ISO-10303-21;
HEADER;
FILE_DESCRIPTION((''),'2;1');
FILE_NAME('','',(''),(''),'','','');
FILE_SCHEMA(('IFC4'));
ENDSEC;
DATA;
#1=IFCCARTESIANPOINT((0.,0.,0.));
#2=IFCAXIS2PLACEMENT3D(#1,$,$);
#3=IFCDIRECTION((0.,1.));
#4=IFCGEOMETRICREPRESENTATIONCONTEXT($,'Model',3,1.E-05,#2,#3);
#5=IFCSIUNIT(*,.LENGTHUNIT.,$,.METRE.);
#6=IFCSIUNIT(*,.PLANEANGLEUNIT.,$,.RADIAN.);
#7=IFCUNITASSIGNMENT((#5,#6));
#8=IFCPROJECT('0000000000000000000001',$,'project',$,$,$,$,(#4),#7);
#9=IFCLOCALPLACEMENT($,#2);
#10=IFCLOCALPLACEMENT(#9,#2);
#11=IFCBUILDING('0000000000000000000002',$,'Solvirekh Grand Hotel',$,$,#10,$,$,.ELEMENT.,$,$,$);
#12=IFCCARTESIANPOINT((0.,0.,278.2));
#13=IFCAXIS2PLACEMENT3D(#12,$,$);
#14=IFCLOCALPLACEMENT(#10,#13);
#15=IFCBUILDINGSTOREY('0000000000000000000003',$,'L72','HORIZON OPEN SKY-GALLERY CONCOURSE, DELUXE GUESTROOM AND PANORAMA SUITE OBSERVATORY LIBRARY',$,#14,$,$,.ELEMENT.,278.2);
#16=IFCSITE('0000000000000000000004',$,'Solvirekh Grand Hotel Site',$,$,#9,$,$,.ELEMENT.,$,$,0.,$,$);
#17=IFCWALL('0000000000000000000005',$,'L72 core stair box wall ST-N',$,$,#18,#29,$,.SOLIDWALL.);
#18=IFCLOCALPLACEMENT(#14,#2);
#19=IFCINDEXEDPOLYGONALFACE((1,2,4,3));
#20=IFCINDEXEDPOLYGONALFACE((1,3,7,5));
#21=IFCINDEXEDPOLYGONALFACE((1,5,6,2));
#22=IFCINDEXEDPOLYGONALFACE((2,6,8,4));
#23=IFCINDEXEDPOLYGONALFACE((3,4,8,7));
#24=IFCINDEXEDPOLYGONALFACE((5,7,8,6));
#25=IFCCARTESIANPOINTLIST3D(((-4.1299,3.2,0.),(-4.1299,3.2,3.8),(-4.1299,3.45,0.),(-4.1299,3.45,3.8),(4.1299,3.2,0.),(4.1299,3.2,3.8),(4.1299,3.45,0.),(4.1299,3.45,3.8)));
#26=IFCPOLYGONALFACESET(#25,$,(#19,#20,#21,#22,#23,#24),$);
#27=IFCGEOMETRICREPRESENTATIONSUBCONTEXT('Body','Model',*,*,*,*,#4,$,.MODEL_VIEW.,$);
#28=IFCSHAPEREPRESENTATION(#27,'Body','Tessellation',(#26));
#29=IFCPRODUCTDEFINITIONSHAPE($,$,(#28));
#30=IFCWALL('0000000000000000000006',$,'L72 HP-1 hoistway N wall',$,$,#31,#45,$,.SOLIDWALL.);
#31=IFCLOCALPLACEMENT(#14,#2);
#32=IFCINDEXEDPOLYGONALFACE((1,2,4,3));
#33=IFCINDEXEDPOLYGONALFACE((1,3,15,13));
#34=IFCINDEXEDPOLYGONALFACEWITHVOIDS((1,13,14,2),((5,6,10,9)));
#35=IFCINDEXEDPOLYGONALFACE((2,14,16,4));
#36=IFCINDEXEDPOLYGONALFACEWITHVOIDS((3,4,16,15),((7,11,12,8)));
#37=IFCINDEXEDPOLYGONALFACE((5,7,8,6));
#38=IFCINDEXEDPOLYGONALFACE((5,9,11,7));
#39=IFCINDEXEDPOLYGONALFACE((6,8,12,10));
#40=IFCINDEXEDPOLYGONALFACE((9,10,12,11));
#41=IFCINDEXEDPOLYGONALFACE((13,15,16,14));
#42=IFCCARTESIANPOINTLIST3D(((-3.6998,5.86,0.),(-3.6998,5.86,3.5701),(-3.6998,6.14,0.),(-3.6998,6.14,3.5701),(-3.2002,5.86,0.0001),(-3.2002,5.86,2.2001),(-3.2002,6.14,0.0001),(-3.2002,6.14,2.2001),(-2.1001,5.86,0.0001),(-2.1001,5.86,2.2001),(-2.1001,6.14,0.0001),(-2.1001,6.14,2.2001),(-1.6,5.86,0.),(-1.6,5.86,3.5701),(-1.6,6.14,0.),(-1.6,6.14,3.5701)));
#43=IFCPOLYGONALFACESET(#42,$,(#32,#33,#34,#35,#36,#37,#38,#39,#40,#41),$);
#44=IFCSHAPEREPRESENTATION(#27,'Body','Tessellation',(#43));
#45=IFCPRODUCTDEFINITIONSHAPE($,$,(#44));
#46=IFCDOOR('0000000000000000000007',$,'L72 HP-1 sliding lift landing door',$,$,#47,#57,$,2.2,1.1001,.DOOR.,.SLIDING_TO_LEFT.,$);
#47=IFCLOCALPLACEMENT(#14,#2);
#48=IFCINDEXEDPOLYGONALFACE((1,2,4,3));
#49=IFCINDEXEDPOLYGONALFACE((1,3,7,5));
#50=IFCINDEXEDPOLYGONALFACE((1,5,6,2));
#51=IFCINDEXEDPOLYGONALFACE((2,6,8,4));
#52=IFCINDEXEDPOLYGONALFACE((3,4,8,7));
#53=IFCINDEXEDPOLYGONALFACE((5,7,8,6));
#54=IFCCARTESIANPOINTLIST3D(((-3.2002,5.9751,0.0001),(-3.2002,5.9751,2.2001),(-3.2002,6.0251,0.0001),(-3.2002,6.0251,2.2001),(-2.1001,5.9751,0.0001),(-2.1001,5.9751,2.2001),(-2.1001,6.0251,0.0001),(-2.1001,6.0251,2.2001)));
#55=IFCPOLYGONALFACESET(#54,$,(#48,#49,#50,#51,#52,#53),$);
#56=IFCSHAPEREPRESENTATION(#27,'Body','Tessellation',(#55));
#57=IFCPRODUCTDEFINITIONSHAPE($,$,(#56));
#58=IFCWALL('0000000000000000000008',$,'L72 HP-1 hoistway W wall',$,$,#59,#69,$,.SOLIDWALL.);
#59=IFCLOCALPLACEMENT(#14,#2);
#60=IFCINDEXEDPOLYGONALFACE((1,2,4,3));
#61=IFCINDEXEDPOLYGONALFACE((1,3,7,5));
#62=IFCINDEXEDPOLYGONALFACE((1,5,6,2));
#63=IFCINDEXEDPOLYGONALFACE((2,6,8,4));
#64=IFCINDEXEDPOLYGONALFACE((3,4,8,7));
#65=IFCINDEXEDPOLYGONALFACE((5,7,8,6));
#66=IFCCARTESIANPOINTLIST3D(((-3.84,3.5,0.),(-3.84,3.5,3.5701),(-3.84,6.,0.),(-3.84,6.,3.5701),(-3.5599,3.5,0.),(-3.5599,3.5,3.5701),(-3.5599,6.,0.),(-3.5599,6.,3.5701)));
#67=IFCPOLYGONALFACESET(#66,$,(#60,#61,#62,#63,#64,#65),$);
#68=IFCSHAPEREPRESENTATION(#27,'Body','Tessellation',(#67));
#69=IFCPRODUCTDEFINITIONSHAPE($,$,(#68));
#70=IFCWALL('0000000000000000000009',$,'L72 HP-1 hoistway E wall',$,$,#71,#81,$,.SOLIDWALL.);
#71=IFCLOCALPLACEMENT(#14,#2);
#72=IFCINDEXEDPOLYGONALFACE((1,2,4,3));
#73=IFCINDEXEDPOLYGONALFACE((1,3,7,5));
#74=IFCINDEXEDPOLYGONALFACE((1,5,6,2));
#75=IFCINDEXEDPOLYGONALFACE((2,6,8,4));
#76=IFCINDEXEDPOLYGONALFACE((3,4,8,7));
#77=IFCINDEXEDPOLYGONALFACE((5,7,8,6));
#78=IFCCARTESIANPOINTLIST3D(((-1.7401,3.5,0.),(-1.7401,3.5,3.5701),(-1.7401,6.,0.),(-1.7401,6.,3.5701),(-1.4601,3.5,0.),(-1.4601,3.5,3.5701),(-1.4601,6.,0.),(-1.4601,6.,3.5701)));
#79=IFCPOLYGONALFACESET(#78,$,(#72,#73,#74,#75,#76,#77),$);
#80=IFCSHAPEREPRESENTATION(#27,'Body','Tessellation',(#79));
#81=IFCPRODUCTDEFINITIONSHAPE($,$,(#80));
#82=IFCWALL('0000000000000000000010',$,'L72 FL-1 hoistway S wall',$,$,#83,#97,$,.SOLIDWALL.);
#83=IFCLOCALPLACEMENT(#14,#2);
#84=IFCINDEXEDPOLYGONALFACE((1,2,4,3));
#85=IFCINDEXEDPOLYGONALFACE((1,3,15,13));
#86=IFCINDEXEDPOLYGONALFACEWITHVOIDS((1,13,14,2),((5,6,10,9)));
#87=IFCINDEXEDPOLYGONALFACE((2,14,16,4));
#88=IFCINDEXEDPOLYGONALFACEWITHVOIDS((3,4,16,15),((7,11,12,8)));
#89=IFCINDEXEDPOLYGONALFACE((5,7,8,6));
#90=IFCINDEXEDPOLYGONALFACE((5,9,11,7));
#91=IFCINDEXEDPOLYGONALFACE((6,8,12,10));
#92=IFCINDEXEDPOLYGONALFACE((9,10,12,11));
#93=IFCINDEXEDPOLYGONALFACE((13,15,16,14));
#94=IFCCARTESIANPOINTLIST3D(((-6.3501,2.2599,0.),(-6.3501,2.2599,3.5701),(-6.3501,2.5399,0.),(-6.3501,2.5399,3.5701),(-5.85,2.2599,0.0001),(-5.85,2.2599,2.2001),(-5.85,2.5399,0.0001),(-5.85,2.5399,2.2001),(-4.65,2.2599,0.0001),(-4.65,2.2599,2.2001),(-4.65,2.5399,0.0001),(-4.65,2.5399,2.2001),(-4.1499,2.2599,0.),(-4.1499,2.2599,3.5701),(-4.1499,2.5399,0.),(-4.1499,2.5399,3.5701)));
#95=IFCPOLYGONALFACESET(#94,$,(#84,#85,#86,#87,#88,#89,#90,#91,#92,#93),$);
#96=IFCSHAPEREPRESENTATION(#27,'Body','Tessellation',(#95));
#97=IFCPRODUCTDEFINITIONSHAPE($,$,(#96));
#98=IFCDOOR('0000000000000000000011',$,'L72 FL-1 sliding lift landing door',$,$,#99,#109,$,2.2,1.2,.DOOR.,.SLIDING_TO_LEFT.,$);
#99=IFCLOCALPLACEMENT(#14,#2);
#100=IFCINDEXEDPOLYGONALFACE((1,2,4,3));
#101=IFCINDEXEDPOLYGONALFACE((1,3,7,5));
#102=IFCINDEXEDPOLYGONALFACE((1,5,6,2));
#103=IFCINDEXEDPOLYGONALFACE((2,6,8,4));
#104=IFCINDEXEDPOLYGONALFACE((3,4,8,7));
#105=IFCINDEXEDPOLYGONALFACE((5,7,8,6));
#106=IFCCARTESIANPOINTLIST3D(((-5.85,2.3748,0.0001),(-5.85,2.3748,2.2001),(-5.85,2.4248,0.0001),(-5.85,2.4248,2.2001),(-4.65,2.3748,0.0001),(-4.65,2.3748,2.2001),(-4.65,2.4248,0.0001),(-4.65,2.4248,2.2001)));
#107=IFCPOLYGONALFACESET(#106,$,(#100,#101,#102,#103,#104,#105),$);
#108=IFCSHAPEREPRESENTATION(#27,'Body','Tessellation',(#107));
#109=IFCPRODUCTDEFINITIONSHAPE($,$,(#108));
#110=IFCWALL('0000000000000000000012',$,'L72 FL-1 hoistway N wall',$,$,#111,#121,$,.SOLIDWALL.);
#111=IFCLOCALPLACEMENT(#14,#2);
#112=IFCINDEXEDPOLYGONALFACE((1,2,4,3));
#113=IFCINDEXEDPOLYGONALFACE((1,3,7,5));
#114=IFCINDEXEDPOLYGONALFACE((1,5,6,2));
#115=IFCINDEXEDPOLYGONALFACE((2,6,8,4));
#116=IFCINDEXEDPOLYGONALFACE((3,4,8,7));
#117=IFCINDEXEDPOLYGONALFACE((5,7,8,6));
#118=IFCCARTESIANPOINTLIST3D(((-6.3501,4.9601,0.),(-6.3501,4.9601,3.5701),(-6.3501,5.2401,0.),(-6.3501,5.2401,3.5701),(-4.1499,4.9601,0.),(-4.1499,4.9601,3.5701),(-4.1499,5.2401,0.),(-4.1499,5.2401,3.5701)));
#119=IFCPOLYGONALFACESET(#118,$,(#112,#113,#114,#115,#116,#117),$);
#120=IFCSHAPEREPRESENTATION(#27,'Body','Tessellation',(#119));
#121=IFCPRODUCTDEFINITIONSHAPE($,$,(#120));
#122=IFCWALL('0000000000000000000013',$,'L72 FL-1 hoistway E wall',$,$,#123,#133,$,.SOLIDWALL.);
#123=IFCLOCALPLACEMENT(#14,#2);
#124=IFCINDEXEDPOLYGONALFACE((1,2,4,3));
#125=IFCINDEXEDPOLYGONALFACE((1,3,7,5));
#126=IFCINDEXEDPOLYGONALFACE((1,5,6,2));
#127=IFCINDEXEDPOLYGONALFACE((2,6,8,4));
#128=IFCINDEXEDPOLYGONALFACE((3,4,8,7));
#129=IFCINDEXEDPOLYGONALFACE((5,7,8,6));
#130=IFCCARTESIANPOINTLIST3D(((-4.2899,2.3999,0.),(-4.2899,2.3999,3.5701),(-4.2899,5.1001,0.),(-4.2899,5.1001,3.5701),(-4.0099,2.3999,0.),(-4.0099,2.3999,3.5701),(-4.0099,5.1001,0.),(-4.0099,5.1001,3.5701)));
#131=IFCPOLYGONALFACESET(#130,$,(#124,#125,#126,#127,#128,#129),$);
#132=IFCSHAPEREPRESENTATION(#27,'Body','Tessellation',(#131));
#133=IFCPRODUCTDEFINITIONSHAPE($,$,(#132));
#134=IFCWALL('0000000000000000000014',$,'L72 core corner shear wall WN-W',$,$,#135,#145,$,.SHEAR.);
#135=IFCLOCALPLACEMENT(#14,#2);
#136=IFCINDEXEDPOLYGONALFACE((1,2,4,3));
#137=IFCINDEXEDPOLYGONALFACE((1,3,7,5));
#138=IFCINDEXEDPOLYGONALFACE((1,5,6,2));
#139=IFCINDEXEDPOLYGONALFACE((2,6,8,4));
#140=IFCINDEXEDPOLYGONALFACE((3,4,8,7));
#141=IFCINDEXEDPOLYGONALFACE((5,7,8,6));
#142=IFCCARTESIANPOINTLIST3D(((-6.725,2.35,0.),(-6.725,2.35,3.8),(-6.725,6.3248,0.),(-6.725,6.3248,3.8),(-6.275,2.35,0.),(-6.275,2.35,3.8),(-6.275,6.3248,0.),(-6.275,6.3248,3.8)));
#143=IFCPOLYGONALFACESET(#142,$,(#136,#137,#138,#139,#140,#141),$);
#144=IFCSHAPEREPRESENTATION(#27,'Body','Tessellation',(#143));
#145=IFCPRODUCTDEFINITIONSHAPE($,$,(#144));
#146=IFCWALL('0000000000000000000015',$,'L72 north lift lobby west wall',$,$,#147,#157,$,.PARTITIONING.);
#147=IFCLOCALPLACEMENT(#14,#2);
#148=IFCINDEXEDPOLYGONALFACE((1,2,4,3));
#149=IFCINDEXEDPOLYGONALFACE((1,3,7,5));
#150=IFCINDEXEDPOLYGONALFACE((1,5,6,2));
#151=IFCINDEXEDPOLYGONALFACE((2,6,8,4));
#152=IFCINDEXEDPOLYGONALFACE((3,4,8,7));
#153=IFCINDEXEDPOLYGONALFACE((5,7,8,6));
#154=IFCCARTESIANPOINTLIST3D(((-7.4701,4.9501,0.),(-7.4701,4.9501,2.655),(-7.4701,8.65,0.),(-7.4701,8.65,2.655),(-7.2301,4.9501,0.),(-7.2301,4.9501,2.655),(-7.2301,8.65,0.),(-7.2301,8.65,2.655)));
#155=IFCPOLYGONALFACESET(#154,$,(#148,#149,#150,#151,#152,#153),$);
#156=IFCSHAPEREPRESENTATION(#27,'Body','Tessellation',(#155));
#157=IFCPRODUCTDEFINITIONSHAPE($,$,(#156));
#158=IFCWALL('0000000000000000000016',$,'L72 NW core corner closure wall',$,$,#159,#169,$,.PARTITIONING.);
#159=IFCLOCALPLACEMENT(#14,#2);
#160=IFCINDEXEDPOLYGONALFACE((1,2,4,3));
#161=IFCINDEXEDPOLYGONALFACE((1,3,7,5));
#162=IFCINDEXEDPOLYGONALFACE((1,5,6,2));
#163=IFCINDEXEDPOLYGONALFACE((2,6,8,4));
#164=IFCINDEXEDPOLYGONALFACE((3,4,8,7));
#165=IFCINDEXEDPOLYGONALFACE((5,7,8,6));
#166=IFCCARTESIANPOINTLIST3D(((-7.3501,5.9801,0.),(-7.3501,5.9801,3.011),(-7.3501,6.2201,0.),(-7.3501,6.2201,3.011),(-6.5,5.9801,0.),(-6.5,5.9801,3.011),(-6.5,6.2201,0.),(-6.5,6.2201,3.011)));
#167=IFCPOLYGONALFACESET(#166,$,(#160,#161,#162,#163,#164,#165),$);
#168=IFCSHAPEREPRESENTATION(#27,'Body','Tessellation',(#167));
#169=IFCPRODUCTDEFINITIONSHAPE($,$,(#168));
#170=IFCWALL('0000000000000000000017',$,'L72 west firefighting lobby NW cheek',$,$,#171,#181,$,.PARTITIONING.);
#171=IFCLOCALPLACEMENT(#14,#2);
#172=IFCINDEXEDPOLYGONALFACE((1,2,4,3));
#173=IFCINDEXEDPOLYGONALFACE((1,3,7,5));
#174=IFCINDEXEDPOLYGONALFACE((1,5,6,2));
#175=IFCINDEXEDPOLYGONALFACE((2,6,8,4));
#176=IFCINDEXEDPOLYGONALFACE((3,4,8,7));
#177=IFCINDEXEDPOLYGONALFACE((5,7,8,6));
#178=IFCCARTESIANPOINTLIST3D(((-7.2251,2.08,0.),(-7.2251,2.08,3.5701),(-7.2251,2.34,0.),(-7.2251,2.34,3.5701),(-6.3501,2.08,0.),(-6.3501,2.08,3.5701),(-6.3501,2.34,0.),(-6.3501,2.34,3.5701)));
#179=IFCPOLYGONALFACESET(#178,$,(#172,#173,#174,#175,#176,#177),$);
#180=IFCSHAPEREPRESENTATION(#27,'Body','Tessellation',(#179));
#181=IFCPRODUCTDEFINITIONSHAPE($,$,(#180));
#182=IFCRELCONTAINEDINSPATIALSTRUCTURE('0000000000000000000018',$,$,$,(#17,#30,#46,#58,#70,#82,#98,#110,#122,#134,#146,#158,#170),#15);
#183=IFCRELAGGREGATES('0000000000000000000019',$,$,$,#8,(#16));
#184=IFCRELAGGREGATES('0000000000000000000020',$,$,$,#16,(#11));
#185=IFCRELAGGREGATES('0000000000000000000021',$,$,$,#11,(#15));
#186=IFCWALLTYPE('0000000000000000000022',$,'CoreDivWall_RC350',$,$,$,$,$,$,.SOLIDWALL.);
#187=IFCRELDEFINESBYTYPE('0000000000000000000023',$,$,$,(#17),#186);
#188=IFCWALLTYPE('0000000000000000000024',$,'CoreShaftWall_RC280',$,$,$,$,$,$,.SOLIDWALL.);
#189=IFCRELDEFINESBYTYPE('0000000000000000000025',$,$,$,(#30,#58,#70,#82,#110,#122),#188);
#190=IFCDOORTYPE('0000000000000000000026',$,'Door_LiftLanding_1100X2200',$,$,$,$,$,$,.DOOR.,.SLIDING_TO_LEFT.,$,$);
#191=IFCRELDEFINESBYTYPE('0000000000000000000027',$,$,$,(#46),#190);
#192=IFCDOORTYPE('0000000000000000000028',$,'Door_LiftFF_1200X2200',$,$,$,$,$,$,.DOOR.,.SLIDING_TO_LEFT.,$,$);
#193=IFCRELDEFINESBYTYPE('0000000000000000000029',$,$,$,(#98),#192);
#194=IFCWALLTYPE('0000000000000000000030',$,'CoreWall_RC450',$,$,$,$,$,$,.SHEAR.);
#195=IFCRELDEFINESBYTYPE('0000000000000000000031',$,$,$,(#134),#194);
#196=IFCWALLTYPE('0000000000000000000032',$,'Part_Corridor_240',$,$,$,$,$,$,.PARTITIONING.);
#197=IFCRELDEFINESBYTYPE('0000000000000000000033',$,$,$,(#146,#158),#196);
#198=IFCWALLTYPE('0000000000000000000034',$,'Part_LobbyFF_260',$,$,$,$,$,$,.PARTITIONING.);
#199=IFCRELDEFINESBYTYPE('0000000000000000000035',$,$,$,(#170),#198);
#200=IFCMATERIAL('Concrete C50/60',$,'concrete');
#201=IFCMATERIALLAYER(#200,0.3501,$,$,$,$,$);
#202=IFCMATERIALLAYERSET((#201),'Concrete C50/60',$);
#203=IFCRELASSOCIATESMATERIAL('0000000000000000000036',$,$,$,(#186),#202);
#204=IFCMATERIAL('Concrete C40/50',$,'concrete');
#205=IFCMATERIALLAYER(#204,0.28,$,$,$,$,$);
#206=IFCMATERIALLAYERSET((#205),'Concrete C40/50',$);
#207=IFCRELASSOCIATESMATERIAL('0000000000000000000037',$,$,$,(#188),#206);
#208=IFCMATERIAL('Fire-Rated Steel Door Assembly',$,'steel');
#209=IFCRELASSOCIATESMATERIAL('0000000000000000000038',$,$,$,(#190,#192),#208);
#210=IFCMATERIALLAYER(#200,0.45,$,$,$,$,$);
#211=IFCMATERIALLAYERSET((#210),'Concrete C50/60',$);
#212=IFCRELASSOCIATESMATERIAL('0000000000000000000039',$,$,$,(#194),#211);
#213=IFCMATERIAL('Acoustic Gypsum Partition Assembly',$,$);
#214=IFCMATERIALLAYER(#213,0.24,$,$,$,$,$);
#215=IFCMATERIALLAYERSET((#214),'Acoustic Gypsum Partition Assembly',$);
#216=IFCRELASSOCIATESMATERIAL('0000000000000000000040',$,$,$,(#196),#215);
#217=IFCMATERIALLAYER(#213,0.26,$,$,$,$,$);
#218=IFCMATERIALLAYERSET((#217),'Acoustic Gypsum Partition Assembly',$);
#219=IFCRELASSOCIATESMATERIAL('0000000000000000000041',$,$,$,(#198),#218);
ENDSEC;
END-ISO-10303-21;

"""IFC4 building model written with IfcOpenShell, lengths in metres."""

from ifc_helpers import new_model, si_unit, direction, frame, frame_2d, origin, place, context, subcontext, project, spatial, rectangle, extrude, material, layer, layer_set, type_object, element, fill, save


model = new_model("IFC4")

# Units and contexts
model_context = context("Model", 3, precision=1e-05, world=origin(), true_north=direction((0.0, 1.0)))
body_context = subcontext(model_context, "Body", "Model", "MODEL_VIEW")
ifc_project = project(units=[si_unit("LENGTHUNIT", "METRE"), si_unit("PLANEANGLEUNIT", "RADIAN")], contexts=[model_context])

# Site, building, storey
site_placement = place(None, origin())
site = spatial("IfcSite", under=ifc_project, at=site_placement, Name="Solvirekh Grand Hotel Site", CompositionType="ELEMENT", RefElevation=0.0)
building_placement = place(site_placement, origin())
building = spatial("IfcBuilding", under=site, at=building_placement, Name="Solvirekh Grand Hotel", CompositionType="ELEMENT")
storey_placement = place(building_placement, frame((0.0, 0.0, 278.2)))
storey = spatial("IfcBuildingStorey", under=building, at=storey_placement, Name="L72", Description="HORIZON OPEN SKY-GALLERY CONCOURSE, DELUXE GUESTROOM AND PANORAMA SUITE OBSERVATORY LIBRARY", CompositionType="ELEMENT", Elevation=278.2)

# Wall
ifc_material_1 = material(Name="Concrete C50/60", Category="concrete")
ifc_layer_1 = layer(ifc_material_1, 0.3501)
ifc_layer_set_1 = layer_set([ifc_layer_1], Name="Concrete C50/60")
wall_type_1 = type_object("IfcWallType", Name="CoreDivWall_RC350", PredefinedType="SOLIDWALL", material=ifc_layer_set_1)
wall_1_placement = place(storey_placement, frame((-4.1299, 3.325, 0.0), z_axis=(0.0, 0.0, 1.0), x_axis=(1.0, 0.0, 0.0)))
element("IfcWall", 1, at=wall_1_placement, inside=storey, type_object=wall_type_1, Name="L72 core stair box wall ST-N", PredefinedType="SOLIDWALL", context=body_context, shape_type="SweptSolid", body=[
    extrude(rectangle(XDim=8.2598, YDim=0.25, at=frame_2d((4.1299, 0.0))), origin(), (0.0, 0.0, 1.0), 3.8),
])

# Wall, opening, door
ifc_material_2 = material(Name="Concrete C40/50", Category="concrete")
ifc_layer_2 = layer(ifc_material_2, 0.28)
ifc_layer_set_2 = layer_set([ifc_layer_2], Name="Concrete C40/50")
wall_type_2 = type_object("IfcWallType", Name="CoreShaftWall_RC280", PredefinedType="SOLIDWALL", material=ifc_layer_set_2)
wall_2_placement = place(storey_placement, frame((-1.6001, 6.0, 0.0), z_axis=(0.0, 0.0, 1.0), x_axis=(-1.0, 0.0, 0.0)))
wall_2 = element("IfcWall", 2, at=wall_2_placement, inside=storey, type_object=wall_type_2, Name="L72 HP-1 hoistway N wall", PredefinedType="SOLIDWALL", context=body_context, shape_type="SweptSolid", body=[
    extrude(rectangle(XDim=2.0999, YDim=0.28, at=frame_2d((1.0498, 0.0))), origin(), (0.0, 0.0, 1.0), 3.5701),
])
opening_1_placement = place(wall_2_placement, frame((0.5, 0.0, 0.0)))
opening_1 = element("IfcOpeningElement", 3, at=opening_1_placement, cuts=wall_2, PredefinedType="OPENING", context=body_context, shape_type="SweptSolid", body=[
    extrude(rectangle(XDim=1.1001, YDim=2.2, at=frame_2d((0.55, 1.1001))), frame((0.0, 0.1499, 0.0), z_axis=(0.0, -1.0, 0.0), x_axis=(1.0, 0.0, 0.0)), (0.0, 0.0, 1.0), 0.3),
])
ifc_material_3 = material(Name="Fire-Rated Steel Door Assembly", Category="steel")
door_type_1 = type_object("IfcDoorType", Name="Door_LiftLanding_1100X2200", OperationType="SLIDING_TO_LEFT", PredefinedType="DOOR", material=ifc_material_3)
door_1_placement = place(opening_1_placement, origin())
door_1 = element("IfcDoor", 4, at=door_1_placement, inside=storey, type_object=door_type_1, Name="L72 HP-1 sliding lift landing door", OperationType="SLIDING_TO_LEFT", OverallHeight=2.2, OverallWidth=1.1001, PredefinedType="DOOR", context=body_context, shape_type="SweptSolid", body=[
    extrude(rectangle(XDim=1.1001, YDim=2.2, at=frame_2d((0.55, 1.1001))), frame((0.0, 0.0249, 0.0), z_axis=(0.0, -1.0, 0.0), x_axis=(1.0, 0.0, 0.0)), (0.0, 0.0, 1.0), 0.05),
])
fill(opening_1, door_1)

# Walls
for number, where, z_axis, x_axis, name in (
    (5, (-3.7, 6.0, 0.0), (0.0, 0.0, 1.0), (0.0, -1.0, 0.0), "L72 HP-1 hoistway W wall"),
    (6, (-1.6001, 3.5, 0.0), (0.0, 0.0, 1.0), (0.0, 1.0, 0.0), "L72 HP-1 hoistway E wall"),
):
    element("IfcWall", number, at=place(storey_placement, frame(where, z_axis=z_axis, x_axis=x_axis)), inside=storey, type_object=wall_type_2, Name=name, PredefinedType="SOLIDWALL", context=body_context, shape_type="SweptSolid", body=[
        extrude(rectangle(XDim=2.5, YDim=0.28, at=frame_2d((1.25, 0.0))), origin(), (0.0, 0.0, 1.0), 3.5701),
    ])

# Wall, opening, door
wall_3_placement = place(storey_placement, frame((-6.3501, 2.3999, 0.0), z_axis=(0.0, 0.0, 1.0), x_axis=(1.0, 0.0, 0.0)))
wall_3 = element("IfcWall", 7, at=wall_3_placement, inside=storey, type_object=wall_type_2, Name="L72 FL-1 hoistway S wall", PredefinedType="SOLIDWALL", context=body_context, shape_type="SweptSolid", body=[
    extrude(rectangle(XDim=2.2002, YDim=0.28, at=frame_2d((1.1001, 0.0))), origin(), (0.0, 0.0, 1.0), 3.5701),
])
opening_2_placement = place(wall_3_placement, frame((0.5, 0.0, 0.0)))
opening_2 = element("IfcOpeningElement", 8, at=opening_2_placement, cuts=wall_3, PredefinedType="OPENING", context=body_context, shape_type="SweptSolid", body=[
    extrude(rectangle(XDim=1.2, YDim=2.2, at=frame_2d((0.6001, 1.1001))), frame((0.0, 0.1499, 0.0), z_axis=(0.0, -1.0, 0.0), x_axis=(1.0, 0.0, 0.0)), (0.0, 0.0, 1.0), 0.3),
])
door_type_2 = type_object("IfcDoorType", Name="Door_LiftFF_1200X2200", OperationType="SLIDING_TO_LEFT", PredefinedType="DOOR", material=ifc_material_3)
door_2_placement = place(opening_2_placement, origin())
door_2 = element("IfcDoor", 9, at=door_2_placement, inside=storey, type_object=door_type_2, Name="L72 FL-1 sliding lift landing door", OperationType="SLIDING_TO_LEFT", OverallHeight=2.2, OverallWidth=1.2, PredefinedType="DOOR", context=body_context, shape_type="SweptSolid", body=[
    extrude(rectangle(XDim=1.2, YDim=2.2, at=frame_2d((0.6001, 1.1001))), frame((0.0, 0.0249, 0.0), z_axis=(0.0, -1.0, 0.0), x_axis=(1.0, 0.0, 0.0)), (0.0, 0.0, 1.0), 0.05),
])
fill(opening_2, door_2)

# Walls
wall_4_placement = place(storey_placement, frame((-4.1499, 5.1001, 0.0), z_axis=(0.0, 0.0, 1.0), x_axis=(-1.0, 0.0, 0.0)))
element("IfcWall", 10, at=wall_4_placement, inside=storey, type_object=wall_type_2, Name="L72 FL-1 hoistway N wall", PredefinedType="SOLIDWALL", context=body_context, shape_type="SweptSolid", body=[
    extrude(rectangle(XDim=2.2002, YDim=0.28, at=frame_2d((1.1001, 0.0))), origin(), (0.0, 0.0, 1.0), 3.5701),
])
wall_5_placement = place(storey_placement, frame((-4.1499, 2.3999, 0.0), z_axis=(0.0, 0.0, 1.0), x_axis=(0.0, 1.0, 0.0)))
element("IfcWall", 11, at=wall_5_placement, inside=storey, type_object=wall_type_2, Name="L72 FL-1 hoistway E wall", PredefinedType="SOLIDWALL", context=body_context, shape_type="SweptSolid", body=[
    extrude(rectangle(XDim=2.7002, YDim=0.28, at=frame_2d((1.3501, 0.0))), origin(), (0.0, 0.0, 1.0), 3.5701),
])
ifc_layer_3 = layer(ifc_material_1, 0.45)
ifc_layer_set_3 = layer_set([ifc_layer_3], Name="Concrete C50/60")
wall_type_3 = type_object("IfcWallType", Name="CoreWall_RC450", PredefinedType="SHEAR", material=ifc_layer_set_3)
wall_6_placement = place(storey_placement, frame((-6.5, 2.3501, 0.0), z_axis=(0.0, 0.0, 1.0), x_axis=(0.0, 1.0, 0.0)))
element("IfcWall", 12, at=wall_6_placement, inside=storey, type_object=wall_type_3, Name="L72 core corner shear wall WN-W", PredefinedType="SHEAR", context=body_context, shape_type="SweptSolid", body=[
    extrude(rectangle(XDim=3.9749, YDim=0.45, at=frame_2d((1.9873, 0.0))), origin(), (0.0, 0.0, 1.0), 3.8),
])
ifc_material_4 = material(Name="Acoustic Gypsum Partition Assembly")
ifc_layer_4 = layer(ifc_material_4, 0.24)
ifc_layer_set_4 = layer_set([ifc_layer_4], Name="Acoustic Gypsum Partition Assembly")
wall_type_4 = type_object("IfcWallType", Name="Part_Corridor_240", PredefinedType="PARTITIONING", material=ifc_layer_set_4)
wall_7_placement = place(storey_placement, frame((-7.3501, 4.95, 0.0), z_axis=(0.0, 0.0, 1.0), x_axis=(0.0, 1.0, 0.0)))
element("IfcWall", 13, at=wall_7_placement, inside=storey, type_object=wall_type_4, Name="L72 north lift lobby west wall", PredefinedType="PARTITIONING", context=body_context, shape_type="SweptSolid", body=[
    extrude(rectangle(XDim=3.7, YDim=0.24, at=frame_2d((1.8501, 0.0))), origin(), (0.0, 0.0, 1.0), 2.655),
])
wall_8_placement = place(storey_placement, frame((-7.3501, 6.1001, 0.0), z_axis=(0.0, 0.0, 1.0), x_axis=(1.0, 0.0, 0.0)))
element("IfcWall", 14, at=wall_8_placement, inside=storey, type_object=wall_type_4, Name="L72 NW core corner closure wall", PredefinedType="PARTITIONING", context=body_context, shape_type="SweptSolid", body=[
    extrude(rectangle(XDim=0.8501, YDim=0.24, at=frame_2d((0.425, 0.0))), origin(), (0.0, 0.0, 1.0), 3.011),
])
ifc_layer_5 = layer(ifc_material_4, 0.26)
ifc_layer_set_5 = layer_set([ifc_layer_5], Name="Acoustic Gypsum Partition Assembly")
wall_type_5 = type_object("IfcWallType", Name="Part_LobbyFF_260", PredefinedType="PARTITIONING", material=ifc_layer_set_5)
wall_9_placement = place(storey_placement, frame((-7.2251, 2.21, 0.0), z_axis=(0.0, 0.0, 1.0), x_axis=(1.0, 0.0, 0.0)))
element("IfcWall", 15, at=wall_9_placement, inside=storey, type_object=wall_type_5, Name="L72 west firefighting lobby NW cheek", PredefinedType="PARTITIONING", context=body_context, shape_type="SweptSolid", body=[
    extrude(rectangle(XDim=0.875, YDim=0.26, at=frame_2d((0.4375, 0.0))), origin(), (0.0, 0.0, 1.0), 3.5701),
])

save(model, "model.ifc")
